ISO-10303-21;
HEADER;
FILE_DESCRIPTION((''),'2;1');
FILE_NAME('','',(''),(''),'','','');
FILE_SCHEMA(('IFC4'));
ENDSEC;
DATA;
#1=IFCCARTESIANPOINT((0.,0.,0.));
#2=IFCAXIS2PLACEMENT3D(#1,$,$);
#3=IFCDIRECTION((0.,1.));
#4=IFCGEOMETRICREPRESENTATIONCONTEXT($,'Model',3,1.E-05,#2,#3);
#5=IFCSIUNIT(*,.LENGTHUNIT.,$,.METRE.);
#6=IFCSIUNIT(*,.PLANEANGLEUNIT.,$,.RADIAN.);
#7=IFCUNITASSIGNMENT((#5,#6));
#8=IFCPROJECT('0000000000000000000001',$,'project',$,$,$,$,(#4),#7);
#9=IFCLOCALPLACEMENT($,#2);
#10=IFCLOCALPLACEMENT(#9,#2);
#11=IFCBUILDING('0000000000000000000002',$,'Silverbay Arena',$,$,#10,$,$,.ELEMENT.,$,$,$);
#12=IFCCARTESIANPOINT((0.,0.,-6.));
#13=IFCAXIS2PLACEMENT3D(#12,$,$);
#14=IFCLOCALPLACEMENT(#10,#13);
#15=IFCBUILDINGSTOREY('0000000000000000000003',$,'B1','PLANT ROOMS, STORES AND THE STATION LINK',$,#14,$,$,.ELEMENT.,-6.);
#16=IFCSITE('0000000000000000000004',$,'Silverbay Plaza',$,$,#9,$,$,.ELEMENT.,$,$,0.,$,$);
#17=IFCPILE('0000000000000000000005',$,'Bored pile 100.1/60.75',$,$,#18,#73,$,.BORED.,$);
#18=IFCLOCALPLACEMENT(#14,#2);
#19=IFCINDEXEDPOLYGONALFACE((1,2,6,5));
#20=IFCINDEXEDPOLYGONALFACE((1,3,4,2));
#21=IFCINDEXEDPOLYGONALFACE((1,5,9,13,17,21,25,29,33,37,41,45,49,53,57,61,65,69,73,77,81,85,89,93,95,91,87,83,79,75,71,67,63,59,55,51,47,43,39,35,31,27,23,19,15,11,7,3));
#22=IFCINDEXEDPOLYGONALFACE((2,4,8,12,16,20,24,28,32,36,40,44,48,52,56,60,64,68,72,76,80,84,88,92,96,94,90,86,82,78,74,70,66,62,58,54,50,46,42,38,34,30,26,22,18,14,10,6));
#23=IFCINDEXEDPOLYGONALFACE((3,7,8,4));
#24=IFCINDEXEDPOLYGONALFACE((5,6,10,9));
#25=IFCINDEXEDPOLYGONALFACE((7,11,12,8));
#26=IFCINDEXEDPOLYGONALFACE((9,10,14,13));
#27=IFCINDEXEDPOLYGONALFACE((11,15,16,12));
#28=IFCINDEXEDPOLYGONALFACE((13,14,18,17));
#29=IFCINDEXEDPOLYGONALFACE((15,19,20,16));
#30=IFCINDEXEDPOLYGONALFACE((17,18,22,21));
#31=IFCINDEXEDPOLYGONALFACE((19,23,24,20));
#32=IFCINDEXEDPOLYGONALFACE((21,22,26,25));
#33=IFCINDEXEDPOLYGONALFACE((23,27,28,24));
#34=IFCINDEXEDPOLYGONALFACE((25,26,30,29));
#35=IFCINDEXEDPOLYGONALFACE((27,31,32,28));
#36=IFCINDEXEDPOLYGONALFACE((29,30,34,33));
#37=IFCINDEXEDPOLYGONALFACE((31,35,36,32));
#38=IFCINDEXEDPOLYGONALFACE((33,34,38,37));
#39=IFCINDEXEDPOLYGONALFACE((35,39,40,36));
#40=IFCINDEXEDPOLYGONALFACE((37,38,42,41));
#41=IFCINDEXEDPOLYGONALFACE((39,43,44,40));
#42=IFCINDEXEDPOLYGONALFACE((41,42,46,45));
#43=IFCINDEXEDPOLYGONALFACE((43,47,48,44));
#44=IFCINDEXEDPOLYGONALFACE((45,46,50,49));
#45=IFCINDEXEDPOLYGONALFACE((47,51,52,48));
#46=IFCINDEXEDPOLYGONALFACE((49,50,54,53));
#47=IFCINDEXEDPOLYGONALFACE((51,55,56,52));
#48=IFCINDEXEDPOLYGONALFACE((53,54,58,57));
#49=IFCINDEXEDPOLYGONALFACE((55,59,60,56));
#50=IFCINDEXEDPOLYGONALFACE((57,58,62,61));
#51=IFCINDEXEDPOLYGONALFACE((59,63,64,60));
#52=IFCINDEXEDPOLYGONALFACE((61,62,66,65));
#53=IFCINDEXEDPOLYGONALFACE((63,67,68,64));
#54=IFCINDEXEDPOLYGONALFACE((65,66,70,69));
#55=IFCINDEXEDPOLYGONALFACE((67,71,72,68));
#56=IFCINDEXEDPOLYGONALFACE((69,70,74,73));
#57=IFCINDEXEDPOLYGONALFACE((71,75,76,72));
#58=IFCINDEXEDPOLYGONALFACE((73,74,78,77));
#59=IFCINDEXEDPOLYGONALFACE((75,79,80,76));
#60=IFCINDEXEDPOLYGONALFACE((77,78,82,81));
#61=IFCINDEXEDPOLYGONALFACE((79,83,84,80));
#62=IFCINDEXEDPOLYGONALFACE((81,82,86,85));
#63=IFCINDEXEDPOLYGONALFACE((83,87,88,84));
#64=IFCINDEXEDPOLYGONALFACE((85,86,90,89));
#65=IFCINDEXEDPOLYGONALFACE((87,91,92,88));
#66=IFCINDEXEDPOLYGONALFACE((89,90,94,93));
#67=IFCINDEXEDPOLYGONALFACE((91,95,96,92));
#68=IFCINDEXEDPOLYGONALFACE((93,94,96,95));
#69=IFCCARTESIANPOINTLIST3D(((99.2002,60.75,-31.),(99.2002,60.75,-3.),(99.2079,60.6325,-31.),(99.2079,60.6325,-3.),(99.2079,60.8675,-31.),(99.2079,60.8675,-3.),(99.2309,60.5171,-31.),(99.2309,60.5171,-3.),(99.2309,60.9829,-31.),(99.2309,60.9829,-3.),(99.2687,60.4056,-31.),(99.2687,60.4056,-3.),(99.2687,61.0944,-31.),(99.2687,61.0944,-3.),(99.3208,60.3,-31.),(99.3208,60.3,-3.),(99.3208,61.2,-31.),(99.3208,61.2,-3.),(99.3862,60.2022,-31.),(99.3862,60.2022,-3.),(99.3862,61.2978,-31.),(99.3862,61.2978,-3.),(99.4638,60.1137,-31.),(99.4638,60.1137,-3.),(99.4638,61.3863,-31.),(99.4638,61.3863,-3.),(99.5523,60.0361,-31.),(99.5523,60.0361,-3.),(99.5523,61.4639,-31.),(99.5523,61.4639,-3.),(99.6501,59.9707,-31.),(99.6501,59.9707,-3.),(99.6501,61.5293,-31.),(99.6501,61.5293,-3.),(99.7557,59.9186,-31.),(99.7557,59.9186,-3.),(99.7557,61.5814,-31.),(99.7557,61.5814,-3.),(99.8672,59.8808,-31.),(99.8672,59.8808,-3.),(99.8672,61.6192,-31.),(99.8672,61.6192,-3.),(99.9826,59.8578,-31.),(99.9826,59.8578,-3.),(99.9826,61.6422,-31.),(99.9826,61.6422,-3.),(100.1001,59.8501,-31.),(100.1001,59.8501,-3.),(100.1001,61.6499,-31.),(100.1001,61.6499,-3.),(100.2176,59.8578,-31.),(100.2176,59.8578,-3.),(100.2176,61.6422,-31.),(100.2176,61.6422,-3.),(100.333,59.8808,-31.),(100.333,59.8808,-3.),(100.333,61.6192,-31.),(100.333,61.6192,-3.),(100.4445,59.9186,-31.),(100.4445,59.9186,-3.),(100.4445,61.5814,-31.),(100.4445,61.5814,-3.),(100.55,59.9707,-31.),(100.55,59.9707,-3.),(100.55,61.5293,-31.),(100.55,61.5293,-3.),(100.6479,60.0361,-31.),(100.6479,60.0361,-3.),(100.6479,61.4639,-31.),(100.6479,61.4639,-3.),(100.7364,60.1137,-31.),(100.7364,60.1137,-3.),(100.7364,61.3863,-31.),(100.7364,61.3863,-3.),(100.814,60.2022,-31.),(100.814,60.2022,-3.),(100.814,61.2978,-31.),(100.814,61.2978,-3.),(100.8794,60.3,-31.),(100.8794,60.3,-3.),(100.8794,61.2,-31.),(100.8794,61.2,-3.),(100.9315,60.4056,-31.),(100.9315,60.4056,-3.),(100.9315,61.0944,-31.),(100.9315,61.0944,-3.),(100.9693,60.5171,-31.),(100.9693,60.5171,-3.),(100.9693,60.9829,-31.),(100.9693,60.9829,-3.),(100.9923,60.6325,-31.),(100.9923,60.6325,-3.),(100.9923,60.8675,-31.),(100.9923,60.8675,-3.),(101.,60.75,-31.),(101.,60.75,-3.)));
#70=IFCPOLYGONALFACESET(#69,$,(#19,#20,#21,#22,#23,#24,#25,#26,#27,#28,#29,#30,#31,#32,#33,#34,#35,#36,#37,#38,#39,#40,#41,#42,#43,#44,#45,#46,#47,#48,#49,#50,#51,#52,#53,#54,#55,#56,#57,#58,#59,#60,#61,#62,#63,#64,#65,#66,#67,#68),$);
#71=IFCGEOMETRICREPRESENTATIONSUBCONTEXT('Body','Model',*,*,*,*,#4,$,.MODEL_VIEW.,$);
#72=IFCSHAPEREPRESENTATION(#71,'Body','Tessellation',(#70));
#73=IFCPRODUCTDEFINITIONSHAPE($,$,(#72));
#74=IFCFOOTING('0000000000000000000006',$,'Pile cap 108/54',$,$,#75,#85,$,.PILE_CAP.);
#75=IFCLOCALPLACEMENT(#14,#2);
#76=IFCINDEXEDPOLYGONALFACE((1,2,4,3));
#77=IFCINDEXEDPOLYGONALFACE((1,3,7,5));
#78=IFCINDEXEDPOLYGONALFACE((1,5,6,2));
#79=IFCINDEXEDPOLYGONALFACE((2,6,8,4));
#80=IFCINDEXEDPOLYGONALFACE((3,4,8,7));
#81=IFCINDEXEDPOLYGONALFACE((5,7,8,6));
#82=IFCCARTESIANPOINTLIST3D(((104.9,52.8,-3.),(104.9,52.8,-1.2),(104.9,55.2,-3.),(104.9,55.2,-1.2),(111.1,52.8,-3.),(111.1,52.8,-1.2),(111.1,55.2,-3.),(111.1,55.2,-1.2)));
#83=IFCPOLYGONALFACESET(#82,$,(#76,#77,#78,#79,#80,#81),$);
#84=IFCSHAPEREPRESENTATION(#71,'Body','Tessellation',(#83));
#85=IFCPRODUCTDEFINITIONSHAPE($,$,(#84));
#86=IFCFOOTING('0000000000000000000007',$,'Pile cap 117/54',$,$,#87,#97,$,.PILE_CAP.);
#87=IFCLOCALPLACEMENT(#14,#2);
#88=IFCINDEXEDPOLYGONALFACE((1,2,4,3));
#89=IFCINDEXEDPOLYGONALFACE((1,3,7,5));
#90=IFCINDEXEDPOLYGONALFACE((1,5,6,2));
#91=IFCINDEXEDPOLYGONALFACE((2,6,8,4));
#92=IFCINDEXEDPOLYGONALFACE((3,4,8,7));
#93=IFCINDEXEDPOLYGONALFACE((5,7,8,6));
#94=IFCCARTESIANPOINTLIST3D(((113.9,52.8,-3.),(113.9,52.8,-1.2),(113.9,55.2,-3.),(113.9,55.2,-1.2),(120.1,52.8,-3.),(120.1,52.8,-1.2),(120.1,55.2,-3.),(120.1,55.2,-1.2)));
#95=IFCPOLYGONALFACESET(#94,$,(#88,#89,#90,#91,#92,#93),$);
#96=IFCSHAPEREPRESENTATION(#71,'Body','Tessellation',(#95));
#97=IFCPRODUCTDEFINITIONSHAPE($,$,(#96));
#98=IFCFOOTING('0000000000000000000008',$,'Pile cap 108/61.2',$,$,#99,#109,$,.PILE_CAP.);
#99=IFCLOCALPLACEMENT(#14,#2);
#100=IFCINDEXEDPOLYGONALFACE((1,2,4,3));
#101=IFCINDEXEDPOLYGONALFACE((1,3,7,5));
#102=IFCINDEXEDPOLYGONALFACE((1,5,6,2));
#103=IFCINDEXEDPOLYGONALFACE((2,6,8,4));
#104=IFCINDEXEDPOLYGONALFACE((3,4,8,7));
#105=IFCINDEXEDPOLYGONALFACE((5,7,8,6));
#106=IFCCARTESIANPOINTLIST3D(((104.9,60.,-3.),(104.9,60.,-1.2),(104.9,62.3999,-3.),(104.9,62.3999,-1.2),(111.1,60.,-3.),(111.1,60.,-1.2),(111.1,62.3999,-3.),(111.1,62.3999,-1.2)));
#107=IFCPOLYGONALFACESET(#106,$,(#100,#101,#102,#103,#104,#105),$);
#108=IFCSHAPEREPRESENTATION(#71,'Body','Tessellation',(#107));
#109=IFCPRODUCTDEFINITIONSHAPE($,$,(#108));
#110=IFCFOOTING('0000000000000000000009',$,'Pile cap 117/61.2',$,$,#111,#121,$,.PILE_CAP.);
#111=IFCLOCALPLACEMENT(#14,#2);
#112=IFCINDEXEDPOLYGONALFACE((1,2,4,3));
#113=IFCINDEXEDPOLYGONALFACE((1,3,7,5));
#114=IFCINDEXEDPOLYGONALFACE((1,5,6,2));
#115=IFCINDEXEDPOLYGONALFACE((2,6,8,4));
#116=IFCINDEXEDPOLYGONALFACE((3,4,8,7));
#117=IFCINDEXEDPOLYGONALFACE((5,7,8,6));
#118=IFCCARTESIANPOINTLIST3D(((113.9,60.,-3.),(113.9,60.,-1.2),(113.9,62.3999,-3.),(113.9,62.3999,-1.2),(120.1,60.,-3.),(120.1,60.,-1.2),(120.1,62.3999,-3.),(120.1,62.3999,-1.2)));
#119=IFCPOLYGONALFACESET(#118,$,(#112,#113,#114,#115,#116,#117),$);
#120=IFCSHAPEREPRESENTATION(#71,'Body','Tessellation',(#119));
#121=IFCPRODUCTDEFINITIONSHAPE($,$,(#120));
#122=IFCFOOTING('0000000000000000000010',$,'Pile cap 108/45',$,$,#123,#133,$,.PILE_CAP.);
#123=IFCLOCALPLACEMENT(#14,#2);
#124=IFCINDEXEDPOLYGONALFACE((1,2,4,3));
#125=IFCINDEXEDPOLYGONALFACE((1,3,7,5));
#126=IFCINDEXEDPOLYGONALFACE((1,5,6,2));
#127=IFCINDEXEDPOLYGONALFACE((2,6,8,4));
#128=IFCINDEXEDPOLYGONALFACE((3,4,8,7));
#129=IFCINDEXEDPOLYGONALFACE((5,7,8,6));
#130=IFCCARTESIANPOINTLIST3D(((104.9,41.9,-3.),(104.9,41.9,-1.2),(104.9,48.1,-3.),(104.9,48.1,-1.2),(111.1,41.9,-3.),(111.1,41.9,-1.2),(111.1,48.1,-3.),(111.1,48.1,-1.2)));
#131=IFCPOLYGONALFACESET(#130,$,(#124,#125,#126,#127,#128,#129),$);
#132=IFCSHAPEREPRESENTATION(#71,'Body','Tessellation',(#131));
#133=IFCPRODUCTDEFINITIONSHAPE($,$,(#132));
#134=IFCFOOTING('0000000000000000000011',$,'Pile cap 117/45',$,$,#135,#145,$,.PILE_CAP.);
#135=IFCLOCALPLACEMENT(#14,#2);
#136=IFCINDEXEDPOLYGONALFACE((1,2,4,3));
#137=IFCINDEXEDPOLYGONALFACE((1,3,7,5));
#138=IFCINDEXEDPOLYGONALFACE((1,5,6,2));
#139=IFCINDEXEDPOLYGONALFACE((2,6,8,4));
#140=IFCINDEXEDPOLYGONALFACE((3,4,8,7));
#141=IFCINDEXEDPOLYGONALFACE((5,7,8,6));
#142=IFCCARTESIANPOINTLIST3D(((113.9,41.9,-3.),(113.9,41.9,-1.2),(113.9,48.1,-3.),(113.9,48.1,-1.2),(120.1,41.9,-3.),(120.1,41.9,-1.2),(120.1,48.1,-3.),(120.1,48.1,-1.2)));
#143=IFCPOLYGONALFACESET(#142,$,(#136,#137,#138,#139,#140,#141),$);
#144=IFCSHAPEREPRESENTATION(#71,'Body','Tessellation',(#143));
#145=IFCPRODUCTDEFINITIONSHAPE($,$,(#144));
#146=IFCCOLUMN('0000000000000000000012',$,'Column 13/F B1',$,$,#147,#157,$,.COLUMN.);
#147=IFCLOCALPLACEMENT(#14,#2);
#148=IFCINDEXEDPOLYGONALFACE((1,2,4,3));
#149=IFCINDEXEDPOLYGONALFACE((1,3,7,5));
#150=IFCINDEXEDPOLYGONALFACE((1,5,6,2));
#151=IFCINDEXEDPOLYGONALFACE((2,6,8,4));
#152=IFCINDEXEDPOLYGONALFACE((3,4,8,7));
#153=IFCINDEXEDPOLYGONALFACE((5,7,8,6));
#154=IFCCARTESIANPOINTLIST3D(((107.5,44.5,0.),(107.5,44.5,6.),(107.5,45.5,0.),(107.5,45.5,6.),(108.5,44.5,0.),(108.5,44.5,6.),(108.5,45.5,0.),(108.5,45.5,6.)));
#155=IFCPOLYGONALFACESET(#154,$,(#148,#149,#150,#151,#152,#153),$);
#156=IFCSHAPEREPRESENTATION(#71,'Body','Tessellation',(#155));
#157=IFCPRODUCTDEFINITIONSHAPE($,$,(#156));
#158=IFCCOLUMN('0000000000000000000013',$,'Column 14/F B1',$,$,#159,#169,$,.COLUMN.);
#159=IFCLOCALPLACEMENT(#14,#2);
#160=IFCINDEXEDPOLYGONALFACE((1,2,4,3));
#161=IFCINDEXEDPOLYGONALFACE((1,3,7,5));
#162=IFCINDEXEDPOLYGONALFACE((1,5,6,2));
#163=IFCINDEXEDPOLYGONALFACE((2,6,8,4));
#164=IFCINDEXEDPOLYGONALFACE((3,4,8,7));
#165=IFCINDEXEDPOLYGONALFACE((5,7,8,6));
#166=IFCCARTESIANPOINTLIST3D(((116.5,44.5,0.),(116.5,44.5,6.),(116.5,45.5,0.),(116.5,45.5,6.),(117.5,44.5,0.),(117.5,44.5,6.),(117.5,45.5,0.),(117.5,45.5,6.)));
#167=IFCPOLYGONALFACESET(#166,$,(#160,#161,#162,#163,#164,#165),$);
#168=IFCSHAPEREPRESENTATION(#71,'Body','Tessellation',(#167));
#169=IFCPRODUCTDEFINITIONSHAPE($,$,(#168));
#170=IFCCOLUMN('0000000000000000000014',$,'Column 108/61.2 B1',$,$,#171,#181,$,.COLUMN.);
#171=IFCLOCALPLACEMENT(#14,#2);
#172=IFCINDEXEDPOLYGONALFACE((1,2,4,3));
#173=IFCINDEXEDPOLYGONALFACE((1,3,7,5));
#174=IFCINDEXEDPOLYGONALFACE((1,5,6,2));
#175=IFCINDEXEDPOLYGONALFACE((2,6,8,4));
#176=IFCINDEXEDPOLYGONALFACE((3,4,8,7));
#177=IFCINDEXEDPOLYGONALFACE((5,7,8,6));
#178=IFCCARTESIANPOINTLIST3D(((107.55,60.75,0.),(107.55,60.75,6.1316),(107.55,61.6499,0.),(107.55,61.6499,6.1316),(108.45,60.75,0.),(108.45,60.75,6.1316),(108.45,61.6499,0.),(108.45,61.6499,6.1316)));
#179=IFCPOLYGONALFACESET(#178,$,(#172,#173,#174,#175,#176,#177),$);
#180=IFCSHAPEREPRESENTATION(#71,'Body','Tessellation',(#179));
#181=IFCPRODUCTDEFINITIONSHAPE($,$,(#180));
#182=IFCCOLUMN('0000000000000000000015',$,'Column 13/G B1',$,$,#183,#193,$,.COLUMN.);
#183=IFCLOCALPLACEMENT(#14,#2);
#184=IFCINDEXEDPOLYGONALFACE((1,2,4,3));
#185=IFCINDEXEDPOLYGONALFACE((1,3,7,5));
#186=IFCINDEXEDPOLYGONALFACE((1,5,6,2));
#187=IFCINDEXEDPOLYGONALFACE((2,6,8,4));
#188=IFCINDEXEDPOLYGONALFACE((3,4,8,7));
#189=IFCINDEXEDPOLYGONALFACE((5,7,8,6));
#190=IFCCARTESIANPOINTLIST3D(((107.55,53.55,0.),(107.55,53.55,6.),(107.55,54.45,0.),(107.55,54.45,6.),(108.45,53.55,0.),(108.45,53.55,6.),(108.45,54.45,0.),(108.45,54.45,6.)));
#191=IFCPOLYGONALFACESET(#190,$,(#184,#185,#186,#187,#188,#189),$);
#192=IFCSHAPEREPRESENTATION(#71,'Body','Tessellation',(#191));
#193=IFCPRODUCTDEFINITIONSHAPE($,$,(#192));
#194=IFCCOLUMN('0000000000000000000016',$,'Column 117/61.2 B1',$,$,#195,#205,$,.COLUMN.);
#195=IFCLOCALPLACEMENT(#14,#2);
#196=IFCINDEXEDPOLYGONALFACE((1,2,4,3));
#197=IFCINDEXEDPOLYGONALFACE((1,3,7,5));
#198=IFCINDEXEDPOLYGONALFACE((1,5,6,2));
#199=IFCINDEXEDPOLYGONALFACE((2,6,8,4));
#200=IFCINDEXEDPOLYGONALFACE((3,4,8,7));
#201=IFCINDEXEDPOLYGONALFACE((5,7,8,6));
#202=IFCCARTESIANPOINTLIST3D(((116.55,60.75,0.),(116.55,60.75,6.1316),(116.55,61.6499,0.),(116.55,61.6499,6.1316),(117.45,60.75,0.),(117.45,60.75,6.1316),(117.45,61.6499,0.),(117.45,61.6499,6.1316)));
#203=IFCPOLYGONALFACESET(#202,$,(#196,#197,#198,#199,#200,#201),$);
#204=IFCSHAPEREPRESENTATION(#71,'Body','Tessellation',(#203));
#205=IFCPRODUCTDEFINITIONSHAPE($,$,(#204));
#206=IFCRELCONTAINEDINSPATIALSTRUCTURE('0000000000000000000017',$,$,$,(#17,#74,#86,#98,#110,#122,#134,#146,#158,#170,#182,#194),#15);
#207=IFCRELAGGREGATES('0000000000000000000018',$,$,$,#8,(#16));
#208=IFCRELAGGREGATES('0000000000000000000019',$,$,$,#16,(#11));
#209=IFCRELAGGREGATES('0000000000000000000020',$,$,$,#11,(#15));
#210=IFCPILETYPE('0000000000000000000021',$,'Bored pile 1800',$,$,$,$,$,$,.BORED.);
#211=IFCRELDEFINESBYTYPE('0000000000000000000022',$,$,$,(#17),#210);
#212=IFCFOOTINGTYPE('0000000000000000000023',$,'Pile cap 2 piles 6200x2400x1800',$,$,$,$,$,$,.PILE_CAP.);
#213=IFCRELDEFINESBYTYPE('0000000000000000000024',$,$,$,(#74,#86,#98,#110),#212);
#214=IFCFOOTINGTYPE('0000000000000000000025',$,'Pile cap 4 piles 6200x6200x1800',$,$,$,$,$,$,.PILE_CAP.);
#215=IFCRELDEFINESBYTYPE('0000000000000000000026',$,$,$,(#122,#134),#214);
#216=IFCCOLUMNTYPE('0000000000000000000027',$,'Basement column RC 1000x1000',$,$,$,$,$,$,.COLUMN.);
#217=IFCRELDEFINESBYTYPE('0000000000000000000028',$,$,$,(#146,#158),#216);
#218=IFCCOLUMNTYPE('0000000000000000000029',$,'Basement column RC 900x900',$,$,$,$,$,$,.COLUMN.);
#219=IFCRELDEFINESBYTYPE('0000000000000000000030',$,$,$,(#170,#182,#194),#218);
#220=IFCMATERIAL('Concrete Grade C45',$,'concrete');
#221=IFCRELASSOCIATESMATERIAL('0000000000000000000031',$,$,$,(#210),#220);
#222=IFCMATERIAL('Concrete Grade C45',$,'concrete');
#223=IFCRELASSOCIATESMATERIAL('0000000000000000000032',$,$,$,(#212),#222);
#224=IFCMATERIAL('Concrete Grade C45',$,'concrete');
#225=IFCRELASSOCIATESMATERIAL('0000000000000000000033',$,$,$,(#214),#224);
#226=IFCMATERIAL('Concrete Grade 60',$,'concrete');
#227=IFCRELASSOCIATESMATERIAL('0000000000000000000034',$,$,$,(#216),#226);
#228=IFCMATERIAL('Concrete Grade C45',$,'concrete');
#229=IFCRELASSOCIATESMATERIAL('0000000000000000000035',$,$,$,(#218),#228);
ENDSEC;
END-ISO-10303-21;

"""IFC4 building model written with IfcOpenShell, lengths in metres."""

from ifc_helpers import new_model, si_unit, direction, frame, origin, origin_2d, place, context, subcontext, project, spatial, rectangle, circle, extrude, material, material_profile, profile_set, type_object, element, save


model = new_model("IFC4")

# Units and contexts
model_context = context("Model", 3, precision=1e-05, world=origin(), true_north=direction((0.0, 1.0)))
body_context = subcontext(model_context, "Body", "Model", "MODEL_VIEW")
ifc_project = project(units=[si_unit("LENGTHUNIT", "METRE"), si_unit("PLANEANGLEUNIT", "RADIAN")], contexts=[model_context])

# Site, building, storey
site_placement = place(None, origin())
site = spatial("IfcSite", under=ifc_project, at=site_placement, Name="Silverbay Plaza", CompositionType="ELEMENT", RefElevation=0.0)
building_placement = place(site_placement, origin())
building = spatial("IfcBuilding", under=site, at=building_placement, Name="Silverbay Arena", CompositionType="ELEMENT")
storey_placement = place(building_placement, frame((0.0, 0.0, -6.0)))
storey = spatial("IfcBuildingStorey", under=building, at=storey_placement, Name="B1", Description="PLANT ROOMS, STORES AND THE STATION LINK", CompositionType="ELEMENT", Elevation=-6.0)

# Pile
ifc_material_1 = material(Name="Concrete Grade C45", Category="concrete")
ifc_material_profile_1 = material_profile(ifc_material_1, circle(Radius=0.8999, at=origin_2d()), Name="Bored pile 1800")
ifc_profile_set_1 = profile_set([ifc_material_profile_1], Name="Concrete Grade C45")
pile_type_1 = type_object("IfcPileType", Name="Bored pile 1800", PredefinedType="BORED", material=ifc_profile_set_1)
for number, where, z_axis, x_axis, name in (
    (1, (100.1001, 60.75, -3.0), (0.0, 0.0, -1.0), (1.0, 0.0, 0.0), "Bored pile 100.1/60.75"),
):
    element("IfcPile", number, at=place(storey_placement, frame(where, z_axis=z_axis, x_axis=x_axis)), inside=storey, type_object=pile_type_1, Name=name, PredefinedType="BORED", context=body_context, shape_type="SweptSolid", body=[
        extrude(circle(Radius=0.8999, at=origin_2d()), origin(), (0.0, 0.0, 1.0), 28.0),
    ])

# Footings
ifc_material_2 = material(Name="Concrete Grade C45", Category="concrete")
footing_type_1 = type_object("IfcFootingType", Name="Pile cap 2 piles 6200x2400x1800", PredefinedType="PILE_CAP", material=ifc_material_2)
for number, where, z_axis, x_axis, name in (
    (2, (108.0, 54.0, -3.0), (0.0, 0.0, 1.0), (1.0, 0.0, 0.0), "Pile cap 108/54"),
    (3, (117.0, 54.0, -3.0), (0.0, 0.0, 1.0), (1.0, 0.0, 0.0), "Pile cap 117/54"),
    (4, (108.0, 61.2, -3.0), (0.0, 0.0, 1.0), (1.0, 0.0, 0.0), "Pile cap 108/61.2"),
    (5, (117.0, 61.2, -3.0), (0.0, 0.0, 1.0), (1.0, 0.0, 0.0), "Pile cap 117/61.2"),
):
    element("IfcFooting", number, at=place(storey_placement, frame(where, z_axis=z_axis, x_axis=x_axis)), inside=storey, type_object=footing_type_1, Name=name, PredefinedType="PILE_CAP", context=body_context, shape_type="SweptSolid", body=[
        extrude(rectangle(XDim=6.2, YDim=2.3999, at=origin_2d()), origin(), (0.0, 0.0, 1.0), 1.8),
    ])
ifc_material_3 = material(Name="Concrete Grade C45", Category="concrete")
footing_type_2 = type_object("IfcFootingType", Name="Pile cap 4 piles 6200x6200x1800", PredefinedType="PILE_CAP", material=ifc_material_3)
for number, where, z_axis, x_axis, name in (
    (6, (108.0, 45.0, -3.0), (0.0, 0.0, 1.0), (1.0, 0.0, 0.0), "Pile cap 108/45"),
    (7, (117.0, 45.0, -3.0), (0.0, 0.0, 1.0), (1.0, 0.0, 0.0), "Pile cap 117/45"),
):
    element("IfcFooting", number, at=place(storey_placement, frame(where, z_axis=z_axis, x_axis=x_axis)), inside=storey, type_object=footing_type_2, Name=name, PredefinedType="PILE_CAP", context=body_context, shape_type="SweptSolid", body=[
        extrude(rectangle(XDim=6.2, YDim=6.2, at=origin_2d()), origin(), (0.0, 0.0, 1.0), 1.8),
    ])

# Columns
ifc_material_4 = material(Name="Concrete Grade 60", Category="concrete")
ifc_material_profile_2 = material_profile(ifc_material_4, rectangle(XDim=1.0, YDim=1.0, at=origin_2d()), Name="RC 1000x1000")
ifc_profile_set_2 = profile_set([ifc_material_profile_2], Name="Concrete Grade 60")
column_type_1 = type_object("IfcColumnType", Name="Basement column RC 1000x1000", PredefinedType="COLUMN", material=ifc_profile_set_2)
for number, where, z_axis, x_axis, name in (
    (8, (108.0, 45.0, 0.0), (0.0, 0.0, 1.0), (1.0, 0.0, 0.0), "Column 13/F B1"),
    (9, (117.0, 45.0, 0.0), (0.0, 0.0, 1.0), (1.0, 0.0, 0.0), "Column 14/F B1"),
):
    element("IfcColumn", number, at=place(storey_placement, frame(where, z_axis=z_axis, x_axis=x_axis)), inside=storey, type_object=column_type_1, Name=name, PredefinedType="COLUMN", context=body_context, shape_type="SweptSolid", body=[
        extrude(rectangle(XDim=1.0, YDim=1.0, at=origin_2d()), origin(), (0.0, 0.0, 1.0), 6.0),
    ])
ifc_material_5 = material(Name="Concrete Grade C45", Category="concrete")
ifc_material_profile_3 = material_profile(ifc_material_5, rectangle(XDim=0.8999, YDim=0.8999, at=origin_2d()), Name="RC 900x900")
ifc_profile_set_3 = profile_set([ifc_material_profile_3], Name="Concrete Grade C45")
column_type_2 = type_object("IfcColumnType", Name="Basement column RC 900x900", PredefinedType="COLUMN", material=ifc_profile_set_3)
column_1_placement = place(storey_placement, frame((108.0, 61.2, 0.0), z_axis=(0.0, 0.0, 1.0), x_axis=(1.0, 0.0, 0.0)))
element("IfcColumn", 10, at=column_1_placement, inside=storey, type_object=column_type_2, Name="Column 108/61.2 B1", PredefinedType="COLUMN", context=body_context, shape_type="SweptSolid", body=[
    extrude(rectangle(XDim=0.8999, YDim=0.8999, at=origin_2d()), origin(), (0.0, 0.0, 1.0), 6.1316),
])
column_2_placement = place(storey_placement, frame((108.0, 54.0, 0.0), z_axis=(0.0, 0.0, 1.0), x_axis=(1.0, 0.0, 0.0)))
element("IfcColumn", 11, at=column_2_placement, inside=storey, type_object=column_type_2, Name="Column 13/G B1", PredefinedType="COLUMN", context=body_context, shape_type="SweptSolid", body=[
    extrude(rectangle(XDim=0.8999, YDim=0.8999, at=origin_2d()), origin(), (0.0, 0.0, 1.0), 6.0),
])
column_3_placement = place(storey_placement, frame((117.0, 61.2, 0.0), z_axis=(0.0, 0.0, 1.0), x_axis=(1.0, 0.0, 0.0)))
element("IfcColumn", 12, at=column_3_placement, inside=storey, type_object=column_type_2, Name="Column 117/61.2 B1", PredefinedType="COLUMN", context=body_context, shape_type="SweptSolid", body=[
    extrude(rectangle(XDim=0.8999, YDim=0.8999, at=origin_2d()), origin(), (0.0, 0.0, 1.0), 6.1316),
])

save(model, "model.ifc")
